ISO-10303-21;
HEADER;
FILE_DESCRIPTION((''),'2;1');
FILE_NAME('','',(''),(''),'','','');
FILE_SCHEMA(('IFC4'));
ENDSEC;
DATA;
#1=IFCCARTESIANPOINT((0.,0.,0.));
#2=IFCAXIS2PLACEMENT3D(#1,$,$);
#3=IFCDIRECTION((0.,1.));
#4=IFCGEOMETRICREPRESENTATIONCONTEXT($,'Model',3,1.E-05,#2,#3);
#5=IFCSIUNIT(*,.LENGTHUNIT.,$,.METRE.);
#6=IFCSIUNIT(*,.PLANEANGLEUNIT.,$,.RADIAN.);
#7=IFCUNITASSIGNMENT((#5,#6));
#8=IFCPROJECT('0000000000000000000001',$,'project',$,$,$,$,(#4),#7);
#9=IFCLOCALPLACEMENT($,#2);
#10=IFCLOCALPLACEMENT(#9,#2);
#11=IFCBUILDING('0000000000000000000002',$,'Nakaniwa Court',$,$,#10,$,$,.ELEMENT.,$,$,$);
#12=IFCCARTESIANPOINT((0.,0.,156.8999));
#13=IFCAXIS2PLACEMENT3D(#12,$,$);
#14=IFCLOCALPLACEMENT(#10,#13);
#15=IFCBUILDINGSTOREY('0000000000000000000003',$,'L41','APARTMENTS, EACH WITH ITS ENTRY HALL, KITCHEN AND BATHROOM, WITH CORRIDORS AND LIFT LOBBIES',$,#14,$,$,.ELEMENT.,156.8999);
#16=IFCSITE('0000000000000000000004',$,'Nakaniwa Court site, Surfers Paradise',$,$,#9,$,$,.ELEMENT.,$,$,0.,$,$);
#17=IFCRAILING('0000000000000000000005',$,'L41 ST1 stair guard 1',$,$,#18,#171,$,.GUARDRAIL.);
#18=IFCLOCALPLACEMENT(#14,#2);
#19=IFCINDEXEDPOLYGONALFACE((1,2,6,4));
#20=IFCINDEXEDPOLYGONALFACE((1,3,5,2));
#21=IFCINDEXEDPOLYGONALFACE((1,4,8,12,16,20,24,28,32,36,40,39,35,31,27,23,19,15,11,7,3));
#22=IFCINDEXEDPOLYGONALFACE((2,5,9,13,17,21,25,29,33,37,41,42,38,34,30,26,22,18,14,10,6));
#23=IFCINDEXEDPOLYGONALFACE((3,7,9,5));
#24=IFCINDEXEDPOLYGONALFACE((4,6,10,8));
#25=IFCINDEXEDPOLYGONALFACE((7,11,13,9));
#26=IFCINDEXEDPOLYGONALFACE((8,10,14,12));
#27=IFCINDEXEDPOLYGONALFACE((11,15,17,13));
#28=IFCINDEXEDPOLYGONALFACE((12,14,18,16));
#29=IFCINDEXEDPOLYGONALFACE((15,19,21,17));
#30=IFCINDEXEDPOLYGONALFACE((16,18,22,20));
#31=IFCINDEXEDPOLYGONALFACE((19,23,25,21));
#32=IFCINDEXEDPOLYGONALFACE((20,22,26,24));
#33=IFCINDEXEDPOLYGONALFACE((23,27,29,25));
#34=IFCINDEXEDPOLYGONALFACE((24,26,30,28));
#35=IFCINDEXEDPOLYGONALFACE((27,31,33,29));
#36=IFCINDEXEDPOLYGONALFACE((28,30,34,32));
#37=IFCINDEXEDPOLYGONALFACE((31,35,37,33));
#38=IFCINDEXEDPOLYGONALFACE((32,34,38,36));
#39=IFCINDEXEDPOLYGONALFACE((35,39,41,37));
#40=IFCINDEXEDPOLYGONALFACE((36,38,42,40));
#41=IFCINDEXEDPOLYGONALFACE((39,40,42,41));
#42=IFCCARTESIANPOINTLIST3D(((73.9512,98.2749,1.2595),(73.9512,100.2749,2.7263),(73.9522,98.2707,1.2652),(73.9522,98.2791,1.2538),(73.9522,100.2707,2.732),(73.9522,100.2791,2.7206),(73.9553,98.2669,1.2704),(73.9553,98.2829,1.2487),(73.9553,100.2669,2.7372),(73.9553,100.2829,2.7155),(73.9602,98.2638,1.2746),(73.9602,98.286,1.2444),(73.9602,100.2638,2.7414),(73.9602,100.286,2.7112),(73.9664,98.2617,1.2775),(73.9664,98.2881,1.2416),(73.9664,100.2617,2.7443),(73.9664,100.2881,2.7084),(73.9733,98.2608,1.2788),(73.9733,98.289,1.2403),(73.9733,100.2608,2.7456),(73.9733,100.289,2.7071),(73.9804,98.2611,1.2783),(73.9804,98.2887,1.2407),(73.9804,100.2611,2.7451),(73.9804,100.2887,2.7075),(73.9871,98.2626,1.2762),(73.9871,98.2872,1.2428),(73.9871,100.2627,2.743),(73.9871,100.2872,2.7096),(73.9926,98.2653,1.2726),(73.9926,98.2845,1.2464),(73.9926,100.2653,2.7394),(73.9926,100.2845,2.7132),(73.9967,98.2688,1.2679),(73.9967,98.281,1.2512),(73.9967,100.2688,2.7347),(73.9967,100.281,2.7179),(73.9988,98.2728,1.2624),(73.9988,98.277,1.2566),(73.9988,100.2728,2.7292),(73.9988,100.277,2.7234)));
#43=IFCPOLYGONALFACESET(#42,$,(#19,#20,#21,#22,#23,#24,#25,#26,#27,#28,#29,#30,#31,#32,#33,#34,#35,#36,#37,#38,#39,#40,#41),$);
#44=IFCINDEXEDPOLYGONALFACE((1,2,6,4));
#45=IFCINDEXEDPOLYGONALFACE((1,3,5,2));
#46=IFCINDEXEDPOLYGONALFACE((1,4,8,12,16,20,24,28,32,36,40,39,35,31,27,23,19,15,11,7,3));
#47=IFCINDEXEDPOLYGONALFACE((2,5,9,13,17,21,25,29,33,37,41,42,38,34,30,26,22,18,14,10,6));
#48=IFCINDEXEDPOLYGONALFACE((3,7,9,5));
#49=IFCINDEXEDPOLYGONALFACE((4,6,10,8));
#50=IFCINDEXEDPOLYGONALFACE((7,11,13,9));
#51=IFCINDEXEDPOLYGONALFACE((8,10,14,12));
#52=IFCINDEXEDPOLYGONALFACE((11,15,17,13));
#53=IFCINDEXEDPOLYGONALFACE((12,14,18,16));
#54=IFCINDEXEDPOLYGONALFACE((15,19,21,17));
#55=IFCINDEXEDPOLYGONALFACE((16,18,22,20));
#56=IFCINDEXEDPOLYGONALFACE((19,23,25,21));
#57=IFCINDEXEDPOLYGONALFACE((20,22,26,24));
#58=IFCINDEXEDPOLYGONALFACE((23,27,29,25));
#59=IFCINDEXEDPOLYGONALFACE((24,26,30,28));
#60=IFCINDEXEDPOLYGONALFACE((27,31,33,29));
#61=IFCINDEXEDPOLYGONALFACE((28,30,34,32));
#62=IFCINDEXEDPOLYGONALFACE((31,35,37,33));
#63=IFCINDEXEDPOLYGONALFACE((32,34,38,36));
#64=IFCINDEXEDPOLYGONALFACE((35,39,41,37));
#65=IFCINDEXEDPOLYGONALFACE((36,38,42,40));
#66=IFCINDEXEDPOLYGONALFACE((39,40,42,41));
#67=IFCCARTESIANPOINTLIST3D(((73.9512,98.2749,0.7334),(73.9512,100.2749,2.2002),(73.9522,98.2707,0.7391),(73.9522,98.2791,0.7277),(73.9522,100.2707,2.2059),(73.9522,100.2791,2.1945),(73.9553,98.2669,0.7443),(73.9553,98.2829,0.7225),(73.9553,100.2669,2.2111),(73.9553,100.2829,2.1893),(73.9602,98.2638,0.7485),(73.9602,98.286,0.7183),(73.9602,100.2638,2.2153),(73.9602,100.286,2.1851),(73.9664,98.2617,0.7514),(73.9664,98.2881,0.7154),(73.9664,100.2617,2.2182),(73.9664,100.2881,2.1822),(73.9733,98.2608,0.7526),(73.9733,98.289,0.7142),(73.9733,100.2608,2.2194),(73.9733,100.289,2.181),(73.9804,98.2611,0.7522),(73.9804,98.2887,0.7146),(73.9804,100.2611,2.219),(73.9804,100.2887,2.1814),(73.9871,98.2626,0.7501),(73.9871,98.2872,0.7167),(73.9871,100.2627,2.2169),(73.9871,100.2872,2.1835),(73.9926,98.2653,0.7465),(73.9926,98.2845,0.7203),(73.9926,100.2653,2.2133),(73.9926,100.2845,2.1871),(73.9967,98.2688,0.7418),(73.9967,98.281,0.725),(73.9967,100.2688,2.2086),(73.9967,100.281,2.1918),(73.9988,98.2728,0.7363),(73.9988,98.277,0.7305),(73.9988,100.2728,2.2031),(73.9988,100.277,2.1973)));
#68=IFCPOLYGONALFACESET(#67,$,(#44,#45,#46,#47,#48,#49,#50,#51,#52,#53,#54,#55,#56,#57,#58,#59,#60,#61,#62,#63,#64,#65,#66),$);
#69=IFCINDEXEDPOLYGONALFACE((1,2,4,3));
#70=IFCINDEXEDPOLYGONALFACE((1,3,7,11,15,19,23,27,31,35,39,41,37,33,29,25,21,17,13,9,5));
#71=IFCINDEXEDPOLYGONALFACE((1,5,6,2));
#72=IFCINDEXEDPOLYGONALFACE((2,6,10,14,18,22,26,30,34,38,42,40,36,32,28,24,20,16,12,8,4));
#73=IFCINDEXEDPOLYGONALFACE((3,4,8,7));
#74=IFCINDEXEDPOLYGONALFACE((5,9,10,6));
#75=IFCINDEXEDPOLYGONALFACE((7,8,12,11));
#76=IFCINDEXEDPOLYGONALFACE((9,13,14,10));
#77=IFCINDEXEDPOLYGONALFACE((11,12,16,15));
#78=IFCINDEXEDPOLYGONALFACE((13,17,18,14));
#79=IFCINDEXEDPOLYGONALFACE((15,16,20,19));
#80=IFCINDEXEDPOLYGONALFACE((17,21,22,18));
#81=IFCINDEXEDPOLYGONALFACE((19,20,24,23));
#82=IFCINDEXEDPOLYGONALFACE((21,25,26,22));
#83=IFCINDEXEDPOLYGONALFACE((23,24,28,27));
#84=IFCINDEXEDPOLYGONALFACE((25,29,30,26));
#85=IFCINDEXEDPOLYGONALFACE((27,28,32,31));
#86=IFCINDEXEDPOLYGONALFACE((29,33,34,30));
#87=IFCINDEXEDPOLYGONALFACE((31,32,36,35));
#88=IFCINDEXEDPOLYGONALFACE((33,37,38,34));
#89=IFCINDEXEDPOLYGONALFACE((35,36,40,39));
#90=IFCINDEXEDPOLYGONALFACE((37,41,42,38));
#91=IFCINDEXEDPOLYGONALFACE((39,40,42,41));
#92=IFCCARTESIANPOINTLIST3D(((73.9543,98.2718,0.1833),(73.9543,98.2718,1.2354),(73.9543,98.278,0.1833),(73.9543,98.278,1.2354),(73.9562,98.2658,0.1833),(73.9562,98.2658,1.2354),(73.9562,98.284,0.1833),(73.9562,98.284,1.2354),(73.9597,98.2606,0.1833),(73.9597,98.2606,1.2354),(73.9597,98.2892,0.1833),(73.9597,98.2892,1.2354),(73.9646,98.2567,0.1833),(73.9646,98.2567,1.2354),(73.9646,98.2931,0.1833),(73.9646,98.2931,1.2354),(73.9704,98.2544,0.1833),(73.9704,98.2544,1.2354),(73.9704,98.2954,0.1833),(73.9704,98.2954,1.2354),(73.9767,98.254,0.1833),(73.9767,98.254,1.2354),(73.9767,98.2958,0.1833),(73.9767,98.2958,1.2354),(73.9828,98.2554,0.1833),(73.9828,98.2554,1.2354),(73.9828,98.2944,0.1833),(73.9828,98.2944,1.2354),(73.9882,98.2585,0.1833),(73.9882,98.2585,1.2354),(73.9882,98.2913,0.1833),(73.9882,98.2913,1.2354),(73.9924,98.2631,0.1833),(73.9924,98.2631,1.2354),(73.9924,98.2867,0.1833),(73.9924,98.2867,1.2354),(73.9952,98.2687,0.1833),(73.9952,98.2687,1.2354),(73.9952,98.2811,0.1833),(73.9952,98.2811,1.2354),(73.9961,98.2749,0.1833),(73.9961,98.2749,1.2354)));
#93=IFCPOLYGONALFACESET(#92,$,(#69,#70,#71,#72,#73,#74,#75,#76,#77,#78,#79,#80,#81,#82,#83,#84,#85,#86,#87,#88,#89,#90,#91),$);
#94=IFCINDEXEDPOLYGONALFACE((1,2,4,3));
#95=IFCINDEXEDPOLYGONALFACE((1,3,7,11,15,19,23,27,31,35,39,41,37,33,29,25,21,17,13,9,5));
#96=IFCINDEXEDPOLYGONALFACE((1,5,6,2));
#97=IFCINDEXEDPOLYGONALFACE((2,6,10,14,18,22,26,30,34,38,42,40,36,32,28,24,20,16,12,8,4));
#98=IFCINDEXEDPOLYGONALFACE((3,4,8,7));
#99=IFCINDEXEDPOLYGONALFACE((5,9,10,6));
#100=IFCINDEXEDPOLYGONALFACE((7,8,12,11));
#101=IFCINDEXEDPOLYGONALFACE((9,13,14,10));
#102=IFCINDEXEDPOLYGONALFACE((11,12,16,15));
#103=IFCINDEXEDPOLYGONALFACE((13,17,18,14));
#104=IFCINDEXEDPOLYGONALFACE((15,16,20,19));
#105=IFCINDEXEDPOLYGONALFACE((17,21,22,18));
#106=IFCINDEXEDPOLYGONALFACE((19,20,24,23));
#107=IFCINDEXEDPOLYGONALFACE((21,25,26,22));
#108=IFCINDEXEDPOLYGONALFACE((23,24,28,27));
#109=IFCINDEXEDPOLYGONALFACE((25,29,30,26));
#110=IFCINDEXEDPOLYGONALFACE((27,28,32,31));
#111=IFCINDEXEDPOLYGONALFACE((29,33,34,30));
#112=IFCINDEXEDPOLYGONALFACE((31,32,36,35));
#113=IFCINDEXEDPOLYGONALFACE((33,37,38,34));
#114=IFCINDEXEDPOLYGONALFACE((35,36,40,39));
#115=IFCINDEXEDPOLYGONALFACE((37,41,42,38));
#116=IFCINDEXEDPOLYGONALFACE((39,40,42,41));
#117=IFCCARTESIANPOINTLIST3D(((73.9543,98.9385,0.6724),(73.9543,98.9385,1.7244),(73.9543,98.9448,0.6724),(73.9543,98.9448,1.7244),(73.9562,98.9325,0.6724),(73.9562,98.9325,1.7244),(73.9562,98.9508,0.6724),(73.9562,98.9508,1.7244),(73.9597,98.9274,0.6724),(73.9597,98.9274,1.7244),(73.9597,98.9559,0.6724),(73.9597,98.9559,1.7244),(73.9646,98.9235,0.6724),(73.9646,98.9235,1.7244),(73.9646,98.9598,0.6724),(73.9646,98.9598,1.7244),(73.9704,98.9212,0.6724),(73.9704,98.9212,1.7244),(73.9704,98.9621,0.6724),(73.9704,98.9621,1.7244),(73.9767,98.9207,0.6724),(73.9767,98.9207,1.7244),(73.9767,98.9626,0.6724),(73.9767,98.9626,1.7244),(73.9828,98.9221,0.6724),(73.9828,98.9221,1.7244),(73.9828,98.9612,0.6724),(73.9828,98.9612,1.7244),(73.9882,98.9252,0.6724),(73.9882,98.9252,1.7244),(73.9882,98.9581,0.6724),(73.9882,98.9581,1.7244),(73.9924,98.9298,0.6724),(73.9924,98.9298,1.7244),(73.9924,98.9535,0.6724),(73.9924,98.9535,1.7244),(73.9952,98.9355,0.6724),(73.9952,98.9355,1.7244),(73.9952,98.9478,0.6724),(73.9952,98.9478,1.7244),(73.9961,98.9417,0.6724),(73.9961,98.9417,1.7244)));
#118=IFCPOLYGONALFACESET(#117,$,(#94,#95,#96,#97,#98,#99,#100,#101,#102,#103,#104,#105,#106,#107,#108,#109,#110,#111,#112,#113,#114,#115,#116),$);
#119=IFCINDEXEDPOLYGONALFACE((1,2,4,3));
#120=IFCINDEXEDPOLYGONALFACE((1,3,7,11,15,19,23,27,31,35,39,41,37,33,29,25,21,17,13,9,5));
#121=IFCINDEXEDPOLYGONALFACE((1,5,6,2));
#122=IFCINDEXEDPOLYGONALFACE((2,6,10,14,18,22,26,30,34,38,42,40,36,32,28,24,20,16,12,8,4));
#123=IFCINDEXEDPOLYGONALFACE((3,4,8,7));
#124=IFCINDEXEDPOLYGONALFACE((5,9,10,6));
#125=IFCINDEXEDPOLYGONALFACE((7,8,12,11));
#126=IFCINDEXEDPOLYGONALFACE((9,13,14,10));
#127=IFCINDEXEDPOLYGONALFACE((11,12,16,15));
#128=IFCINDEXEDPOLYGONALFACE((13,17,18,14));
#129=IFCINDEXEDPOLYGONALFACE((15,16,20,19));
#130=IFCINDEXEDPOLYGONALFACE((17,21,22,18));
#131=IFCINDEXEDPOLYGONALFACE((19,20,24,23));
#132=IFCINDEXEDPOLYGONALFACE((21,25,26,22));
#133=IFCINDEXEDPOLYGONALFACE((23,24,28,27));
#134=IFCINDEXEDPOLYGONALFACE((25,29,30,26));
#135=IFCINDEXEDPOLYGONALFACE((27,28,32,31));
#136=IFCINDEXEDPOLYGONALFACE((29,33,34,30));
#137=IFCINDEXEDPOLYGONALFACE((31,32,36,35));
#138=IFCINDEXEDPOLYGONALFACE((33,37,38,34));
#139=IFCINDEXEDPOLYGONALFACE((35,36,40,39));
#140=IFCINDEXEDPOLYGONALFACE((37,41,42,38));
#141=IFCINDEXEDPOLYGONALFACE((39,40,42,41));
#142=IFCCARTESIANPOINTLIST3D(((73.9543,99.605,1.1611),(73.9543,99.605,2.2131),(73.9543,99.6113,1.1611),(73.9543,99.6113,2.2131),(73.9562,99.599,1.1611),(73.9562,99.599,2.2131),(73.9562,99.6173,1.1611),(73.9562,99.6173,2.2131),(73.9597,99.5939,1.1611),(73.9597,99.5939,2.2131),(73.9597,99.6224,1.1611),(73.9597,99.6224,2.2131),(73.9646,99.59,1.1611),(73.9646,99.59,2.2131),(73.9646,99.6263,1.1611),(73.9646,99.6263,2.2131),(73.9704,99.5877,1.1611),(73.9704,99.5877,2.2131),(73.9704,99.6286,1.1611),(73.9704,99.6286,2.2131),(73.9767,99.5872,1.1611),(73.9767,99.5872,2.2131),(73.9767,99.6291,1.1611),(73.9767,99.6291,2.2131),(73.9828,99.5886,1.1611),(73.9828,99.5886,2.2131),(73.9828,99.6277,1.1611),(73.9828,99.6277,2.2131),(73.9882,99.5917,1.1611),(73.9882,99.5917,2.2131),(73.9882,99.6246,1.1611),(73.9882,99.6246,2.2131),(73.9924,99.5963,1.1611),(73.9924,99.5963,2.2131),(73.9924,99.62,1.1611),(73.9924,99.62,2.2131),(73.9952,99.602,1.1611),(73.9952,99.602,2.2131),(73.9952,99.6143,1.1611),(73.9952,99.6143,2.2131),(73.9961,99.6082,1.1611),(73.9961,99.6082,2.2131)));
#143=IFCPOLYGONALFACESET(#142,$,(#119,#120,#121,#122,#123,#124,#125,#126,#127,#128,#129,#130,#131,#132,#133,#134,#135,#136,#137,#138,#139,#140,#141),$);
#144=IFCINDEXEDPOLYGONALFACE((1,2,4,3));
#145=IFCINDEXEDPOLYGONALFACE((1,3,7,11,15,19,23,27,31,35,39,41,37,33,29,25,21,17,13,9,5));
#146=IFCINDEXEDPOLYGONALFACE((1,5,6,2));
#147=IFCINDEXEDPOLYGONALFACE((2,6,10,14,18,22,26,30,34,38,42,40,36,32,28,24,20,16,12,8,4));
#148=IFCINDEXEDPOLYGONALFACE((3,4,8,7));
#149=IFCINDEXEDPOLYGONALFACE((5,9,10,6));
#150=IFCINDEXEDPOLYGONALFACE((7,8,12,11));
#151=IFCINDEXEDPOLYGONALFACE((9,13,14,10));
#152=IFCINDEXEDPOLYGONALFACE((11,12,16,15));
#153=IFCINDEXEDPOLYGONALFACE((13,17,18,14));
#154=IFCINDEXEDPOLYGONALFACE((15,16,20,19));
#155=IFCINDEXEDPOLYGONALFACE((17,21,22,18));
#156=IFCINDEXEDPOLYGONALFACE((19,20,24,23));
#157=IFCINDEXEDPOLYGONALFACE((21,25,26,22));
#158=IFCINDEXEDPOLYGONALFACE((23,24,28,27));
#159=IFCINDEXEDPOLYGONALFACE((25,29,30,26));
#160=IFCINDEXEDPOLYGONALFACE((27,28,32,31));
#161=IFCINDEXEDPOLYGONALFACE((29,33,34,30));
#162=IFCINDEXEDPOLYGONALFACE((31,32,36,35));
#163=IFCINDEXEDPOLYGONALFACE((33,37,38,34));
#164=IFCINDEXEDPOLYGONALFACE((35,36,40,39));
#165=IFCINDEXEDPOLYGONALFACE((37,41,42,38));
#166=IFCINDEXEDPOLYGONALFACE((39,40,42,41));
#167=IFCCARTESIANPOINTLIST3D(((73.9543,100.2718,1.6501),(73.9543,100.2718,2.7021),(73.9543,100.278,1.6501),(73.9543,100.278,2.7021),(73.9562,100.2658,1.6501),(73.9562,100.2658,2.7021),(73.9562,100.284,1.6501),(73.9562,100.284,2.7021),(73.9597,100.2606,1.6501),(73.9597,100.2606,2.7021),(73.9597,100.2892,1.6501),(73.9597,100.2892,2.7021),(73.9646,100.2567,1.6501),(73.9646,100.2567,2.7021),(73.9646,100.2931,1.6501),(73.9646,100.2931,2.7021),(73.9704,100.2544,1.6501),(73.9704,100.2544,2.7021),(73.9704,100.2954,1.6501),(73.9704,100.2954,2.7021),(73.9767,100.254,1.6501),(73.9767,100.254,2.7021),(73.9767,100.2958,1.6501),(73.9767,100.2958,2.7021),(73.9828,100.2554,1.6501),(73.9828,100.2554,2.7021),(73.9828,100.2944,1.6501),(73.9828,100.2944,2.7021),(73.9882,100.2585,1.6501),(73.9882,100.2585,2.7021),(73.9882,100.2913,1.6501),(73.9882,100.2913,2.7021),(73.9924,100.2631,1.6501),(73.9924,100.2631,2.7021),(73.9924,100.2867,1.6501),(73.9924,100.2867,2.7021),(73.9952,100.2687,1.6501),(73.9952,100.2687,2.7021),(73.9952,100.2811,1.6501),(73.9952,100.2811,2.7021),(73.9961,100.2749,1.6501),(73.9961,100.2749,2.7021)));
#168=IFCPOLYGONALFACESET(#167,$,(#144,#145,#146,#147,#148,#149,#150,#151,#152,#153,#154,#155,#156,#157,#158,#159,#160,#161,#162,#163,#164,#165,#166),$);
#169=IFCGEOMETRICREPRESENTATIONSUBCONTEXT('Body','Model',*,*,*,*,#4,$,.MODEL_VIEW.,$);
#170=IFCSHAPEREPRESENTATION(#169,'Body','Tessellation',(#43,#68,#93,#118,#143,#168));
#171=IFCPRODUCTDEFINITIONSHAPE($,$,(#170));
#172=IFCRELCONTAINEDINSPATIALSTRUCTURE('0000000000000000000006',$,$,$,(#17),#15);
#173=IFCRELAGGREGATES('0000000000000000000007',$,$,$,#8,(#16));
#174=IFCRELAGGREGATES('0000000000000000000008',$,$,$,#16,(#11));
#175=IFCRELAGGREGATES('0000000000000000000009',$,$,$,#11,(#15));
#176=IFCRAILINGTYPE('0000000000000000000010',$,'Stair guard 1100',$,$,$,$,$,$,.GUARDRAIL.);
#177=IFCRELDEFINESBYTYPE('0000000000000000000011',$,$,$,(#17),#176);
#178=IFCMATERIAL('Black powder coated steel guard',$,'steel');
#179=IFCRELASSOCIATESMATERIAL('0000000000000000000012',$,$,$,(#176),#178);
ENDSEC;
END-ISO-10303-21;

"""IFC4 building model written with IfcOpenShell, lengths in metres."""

from ifc_helpers import new_model, si_unit, direction, frame, origin, origin_2d, place, context, subcontext, project, spatial, circle, extrude, material, type_object, element, save


model = new_model("IFC4")

# Units and contexts
model_context = context("Model", 3, precision=1e-05, world=origin(), true_north=direction((0.0, 1.0)))
body_context = subcontext(model_context, "Body", "Model", "MODEL_VIEW")
ifc_project = project(units=[si_unit("LENGTHUNIT", "METRE"), si_unit("PLANEANGLEUNIT", "RADIAN")], contexts=[model_context])

# Site, building, storey
site_placement = place(None, origin())
site = spatial("IfcSite", under=ifc_project, at=site_placement, Name="Nakaniwa Court site, Surfers Paradise", CompositionType="ELEMENT", RefElevation=0.0)
building_placement = place(site_placement, origin())
building = spatial("IfcBuilding", under=site, at=building_placement, Name="Nakaniwa Court", CompositionType="ELEMENT")
storey_placement = place(building_placement, frame((0.0, 0.0, 156.8999)))
storey = spatial("IfcBuildingStorey", under=building, at=storey_placement, Name="L41", Description="APARTMENTS, EACH WITH ITS ENTRY HALL, KITCHEN AND BATHROOM, WITH CORRIDORS AND LIFT LOBBIES", CompositionType="ELEMENT", Elevation=156.8999)

# Railing
ifc_material_1 = material(Name="Black powder coated steel guard", Category="steel")
railing_type_1 = type_object("IfcRailingType", Name="Stair guard 1100", PredefinedType="GUARDRAIL", material=ifc_material_1)
railing_1_placement = place(storey_placement, frame((73.9751, 98.2749, 0.1833)))
element("IfcRailing", 1, at=railing_1_placement, inside=storey, type_object=railing_type_1, Name="L41 ST1 stair guard 1", PredefinedType="GUARDRAIL", context=body_context, shape_type="SweptSolid", body=[
    extrude(circle(Radius=0.0239, at=origin_2d()), frame((0.0, 0.0, 1.0762), z_axis=(0.0, 0.80638, 0.591398), x_axis=(-1.0, 0.0, 0.0)), (0.0, 0.0, 1.0), 2.4802),
    extrude(circle(Radius=0.0239, at=origin_2d()), frame((0.0, 0.0, 0.55), z_axis=(0.0, 0.80638, 0.591398), x_axis=(-1.0, 0.0, 0.0)), (0.0, 0.0, 1.0), 2.4802),
    extrude(circle(Radius=0.021, at=origin_2d()), origin(), (0.0, 0.0, 1.0), 1.052),
    extrude(circle(Radius=0.021, at=origin_2d()), frame((0.0, 0.6667, 0.489)), (0.0, 0.0, 1.0), 1.052),
    extrude(circle(Radius=0.021, at=origin_2d()), frame((0.0, 1.3333, 0.9778)), (0.0, 0.0, 1.0), 1.052),
    extrude(circle(Radius=0.021, at=origin_2d()), frame((0.0, 2.0, 1.4668)), (0.0, 0.0, 1.0), 1.052),
])

save(model, "model.ifc")
